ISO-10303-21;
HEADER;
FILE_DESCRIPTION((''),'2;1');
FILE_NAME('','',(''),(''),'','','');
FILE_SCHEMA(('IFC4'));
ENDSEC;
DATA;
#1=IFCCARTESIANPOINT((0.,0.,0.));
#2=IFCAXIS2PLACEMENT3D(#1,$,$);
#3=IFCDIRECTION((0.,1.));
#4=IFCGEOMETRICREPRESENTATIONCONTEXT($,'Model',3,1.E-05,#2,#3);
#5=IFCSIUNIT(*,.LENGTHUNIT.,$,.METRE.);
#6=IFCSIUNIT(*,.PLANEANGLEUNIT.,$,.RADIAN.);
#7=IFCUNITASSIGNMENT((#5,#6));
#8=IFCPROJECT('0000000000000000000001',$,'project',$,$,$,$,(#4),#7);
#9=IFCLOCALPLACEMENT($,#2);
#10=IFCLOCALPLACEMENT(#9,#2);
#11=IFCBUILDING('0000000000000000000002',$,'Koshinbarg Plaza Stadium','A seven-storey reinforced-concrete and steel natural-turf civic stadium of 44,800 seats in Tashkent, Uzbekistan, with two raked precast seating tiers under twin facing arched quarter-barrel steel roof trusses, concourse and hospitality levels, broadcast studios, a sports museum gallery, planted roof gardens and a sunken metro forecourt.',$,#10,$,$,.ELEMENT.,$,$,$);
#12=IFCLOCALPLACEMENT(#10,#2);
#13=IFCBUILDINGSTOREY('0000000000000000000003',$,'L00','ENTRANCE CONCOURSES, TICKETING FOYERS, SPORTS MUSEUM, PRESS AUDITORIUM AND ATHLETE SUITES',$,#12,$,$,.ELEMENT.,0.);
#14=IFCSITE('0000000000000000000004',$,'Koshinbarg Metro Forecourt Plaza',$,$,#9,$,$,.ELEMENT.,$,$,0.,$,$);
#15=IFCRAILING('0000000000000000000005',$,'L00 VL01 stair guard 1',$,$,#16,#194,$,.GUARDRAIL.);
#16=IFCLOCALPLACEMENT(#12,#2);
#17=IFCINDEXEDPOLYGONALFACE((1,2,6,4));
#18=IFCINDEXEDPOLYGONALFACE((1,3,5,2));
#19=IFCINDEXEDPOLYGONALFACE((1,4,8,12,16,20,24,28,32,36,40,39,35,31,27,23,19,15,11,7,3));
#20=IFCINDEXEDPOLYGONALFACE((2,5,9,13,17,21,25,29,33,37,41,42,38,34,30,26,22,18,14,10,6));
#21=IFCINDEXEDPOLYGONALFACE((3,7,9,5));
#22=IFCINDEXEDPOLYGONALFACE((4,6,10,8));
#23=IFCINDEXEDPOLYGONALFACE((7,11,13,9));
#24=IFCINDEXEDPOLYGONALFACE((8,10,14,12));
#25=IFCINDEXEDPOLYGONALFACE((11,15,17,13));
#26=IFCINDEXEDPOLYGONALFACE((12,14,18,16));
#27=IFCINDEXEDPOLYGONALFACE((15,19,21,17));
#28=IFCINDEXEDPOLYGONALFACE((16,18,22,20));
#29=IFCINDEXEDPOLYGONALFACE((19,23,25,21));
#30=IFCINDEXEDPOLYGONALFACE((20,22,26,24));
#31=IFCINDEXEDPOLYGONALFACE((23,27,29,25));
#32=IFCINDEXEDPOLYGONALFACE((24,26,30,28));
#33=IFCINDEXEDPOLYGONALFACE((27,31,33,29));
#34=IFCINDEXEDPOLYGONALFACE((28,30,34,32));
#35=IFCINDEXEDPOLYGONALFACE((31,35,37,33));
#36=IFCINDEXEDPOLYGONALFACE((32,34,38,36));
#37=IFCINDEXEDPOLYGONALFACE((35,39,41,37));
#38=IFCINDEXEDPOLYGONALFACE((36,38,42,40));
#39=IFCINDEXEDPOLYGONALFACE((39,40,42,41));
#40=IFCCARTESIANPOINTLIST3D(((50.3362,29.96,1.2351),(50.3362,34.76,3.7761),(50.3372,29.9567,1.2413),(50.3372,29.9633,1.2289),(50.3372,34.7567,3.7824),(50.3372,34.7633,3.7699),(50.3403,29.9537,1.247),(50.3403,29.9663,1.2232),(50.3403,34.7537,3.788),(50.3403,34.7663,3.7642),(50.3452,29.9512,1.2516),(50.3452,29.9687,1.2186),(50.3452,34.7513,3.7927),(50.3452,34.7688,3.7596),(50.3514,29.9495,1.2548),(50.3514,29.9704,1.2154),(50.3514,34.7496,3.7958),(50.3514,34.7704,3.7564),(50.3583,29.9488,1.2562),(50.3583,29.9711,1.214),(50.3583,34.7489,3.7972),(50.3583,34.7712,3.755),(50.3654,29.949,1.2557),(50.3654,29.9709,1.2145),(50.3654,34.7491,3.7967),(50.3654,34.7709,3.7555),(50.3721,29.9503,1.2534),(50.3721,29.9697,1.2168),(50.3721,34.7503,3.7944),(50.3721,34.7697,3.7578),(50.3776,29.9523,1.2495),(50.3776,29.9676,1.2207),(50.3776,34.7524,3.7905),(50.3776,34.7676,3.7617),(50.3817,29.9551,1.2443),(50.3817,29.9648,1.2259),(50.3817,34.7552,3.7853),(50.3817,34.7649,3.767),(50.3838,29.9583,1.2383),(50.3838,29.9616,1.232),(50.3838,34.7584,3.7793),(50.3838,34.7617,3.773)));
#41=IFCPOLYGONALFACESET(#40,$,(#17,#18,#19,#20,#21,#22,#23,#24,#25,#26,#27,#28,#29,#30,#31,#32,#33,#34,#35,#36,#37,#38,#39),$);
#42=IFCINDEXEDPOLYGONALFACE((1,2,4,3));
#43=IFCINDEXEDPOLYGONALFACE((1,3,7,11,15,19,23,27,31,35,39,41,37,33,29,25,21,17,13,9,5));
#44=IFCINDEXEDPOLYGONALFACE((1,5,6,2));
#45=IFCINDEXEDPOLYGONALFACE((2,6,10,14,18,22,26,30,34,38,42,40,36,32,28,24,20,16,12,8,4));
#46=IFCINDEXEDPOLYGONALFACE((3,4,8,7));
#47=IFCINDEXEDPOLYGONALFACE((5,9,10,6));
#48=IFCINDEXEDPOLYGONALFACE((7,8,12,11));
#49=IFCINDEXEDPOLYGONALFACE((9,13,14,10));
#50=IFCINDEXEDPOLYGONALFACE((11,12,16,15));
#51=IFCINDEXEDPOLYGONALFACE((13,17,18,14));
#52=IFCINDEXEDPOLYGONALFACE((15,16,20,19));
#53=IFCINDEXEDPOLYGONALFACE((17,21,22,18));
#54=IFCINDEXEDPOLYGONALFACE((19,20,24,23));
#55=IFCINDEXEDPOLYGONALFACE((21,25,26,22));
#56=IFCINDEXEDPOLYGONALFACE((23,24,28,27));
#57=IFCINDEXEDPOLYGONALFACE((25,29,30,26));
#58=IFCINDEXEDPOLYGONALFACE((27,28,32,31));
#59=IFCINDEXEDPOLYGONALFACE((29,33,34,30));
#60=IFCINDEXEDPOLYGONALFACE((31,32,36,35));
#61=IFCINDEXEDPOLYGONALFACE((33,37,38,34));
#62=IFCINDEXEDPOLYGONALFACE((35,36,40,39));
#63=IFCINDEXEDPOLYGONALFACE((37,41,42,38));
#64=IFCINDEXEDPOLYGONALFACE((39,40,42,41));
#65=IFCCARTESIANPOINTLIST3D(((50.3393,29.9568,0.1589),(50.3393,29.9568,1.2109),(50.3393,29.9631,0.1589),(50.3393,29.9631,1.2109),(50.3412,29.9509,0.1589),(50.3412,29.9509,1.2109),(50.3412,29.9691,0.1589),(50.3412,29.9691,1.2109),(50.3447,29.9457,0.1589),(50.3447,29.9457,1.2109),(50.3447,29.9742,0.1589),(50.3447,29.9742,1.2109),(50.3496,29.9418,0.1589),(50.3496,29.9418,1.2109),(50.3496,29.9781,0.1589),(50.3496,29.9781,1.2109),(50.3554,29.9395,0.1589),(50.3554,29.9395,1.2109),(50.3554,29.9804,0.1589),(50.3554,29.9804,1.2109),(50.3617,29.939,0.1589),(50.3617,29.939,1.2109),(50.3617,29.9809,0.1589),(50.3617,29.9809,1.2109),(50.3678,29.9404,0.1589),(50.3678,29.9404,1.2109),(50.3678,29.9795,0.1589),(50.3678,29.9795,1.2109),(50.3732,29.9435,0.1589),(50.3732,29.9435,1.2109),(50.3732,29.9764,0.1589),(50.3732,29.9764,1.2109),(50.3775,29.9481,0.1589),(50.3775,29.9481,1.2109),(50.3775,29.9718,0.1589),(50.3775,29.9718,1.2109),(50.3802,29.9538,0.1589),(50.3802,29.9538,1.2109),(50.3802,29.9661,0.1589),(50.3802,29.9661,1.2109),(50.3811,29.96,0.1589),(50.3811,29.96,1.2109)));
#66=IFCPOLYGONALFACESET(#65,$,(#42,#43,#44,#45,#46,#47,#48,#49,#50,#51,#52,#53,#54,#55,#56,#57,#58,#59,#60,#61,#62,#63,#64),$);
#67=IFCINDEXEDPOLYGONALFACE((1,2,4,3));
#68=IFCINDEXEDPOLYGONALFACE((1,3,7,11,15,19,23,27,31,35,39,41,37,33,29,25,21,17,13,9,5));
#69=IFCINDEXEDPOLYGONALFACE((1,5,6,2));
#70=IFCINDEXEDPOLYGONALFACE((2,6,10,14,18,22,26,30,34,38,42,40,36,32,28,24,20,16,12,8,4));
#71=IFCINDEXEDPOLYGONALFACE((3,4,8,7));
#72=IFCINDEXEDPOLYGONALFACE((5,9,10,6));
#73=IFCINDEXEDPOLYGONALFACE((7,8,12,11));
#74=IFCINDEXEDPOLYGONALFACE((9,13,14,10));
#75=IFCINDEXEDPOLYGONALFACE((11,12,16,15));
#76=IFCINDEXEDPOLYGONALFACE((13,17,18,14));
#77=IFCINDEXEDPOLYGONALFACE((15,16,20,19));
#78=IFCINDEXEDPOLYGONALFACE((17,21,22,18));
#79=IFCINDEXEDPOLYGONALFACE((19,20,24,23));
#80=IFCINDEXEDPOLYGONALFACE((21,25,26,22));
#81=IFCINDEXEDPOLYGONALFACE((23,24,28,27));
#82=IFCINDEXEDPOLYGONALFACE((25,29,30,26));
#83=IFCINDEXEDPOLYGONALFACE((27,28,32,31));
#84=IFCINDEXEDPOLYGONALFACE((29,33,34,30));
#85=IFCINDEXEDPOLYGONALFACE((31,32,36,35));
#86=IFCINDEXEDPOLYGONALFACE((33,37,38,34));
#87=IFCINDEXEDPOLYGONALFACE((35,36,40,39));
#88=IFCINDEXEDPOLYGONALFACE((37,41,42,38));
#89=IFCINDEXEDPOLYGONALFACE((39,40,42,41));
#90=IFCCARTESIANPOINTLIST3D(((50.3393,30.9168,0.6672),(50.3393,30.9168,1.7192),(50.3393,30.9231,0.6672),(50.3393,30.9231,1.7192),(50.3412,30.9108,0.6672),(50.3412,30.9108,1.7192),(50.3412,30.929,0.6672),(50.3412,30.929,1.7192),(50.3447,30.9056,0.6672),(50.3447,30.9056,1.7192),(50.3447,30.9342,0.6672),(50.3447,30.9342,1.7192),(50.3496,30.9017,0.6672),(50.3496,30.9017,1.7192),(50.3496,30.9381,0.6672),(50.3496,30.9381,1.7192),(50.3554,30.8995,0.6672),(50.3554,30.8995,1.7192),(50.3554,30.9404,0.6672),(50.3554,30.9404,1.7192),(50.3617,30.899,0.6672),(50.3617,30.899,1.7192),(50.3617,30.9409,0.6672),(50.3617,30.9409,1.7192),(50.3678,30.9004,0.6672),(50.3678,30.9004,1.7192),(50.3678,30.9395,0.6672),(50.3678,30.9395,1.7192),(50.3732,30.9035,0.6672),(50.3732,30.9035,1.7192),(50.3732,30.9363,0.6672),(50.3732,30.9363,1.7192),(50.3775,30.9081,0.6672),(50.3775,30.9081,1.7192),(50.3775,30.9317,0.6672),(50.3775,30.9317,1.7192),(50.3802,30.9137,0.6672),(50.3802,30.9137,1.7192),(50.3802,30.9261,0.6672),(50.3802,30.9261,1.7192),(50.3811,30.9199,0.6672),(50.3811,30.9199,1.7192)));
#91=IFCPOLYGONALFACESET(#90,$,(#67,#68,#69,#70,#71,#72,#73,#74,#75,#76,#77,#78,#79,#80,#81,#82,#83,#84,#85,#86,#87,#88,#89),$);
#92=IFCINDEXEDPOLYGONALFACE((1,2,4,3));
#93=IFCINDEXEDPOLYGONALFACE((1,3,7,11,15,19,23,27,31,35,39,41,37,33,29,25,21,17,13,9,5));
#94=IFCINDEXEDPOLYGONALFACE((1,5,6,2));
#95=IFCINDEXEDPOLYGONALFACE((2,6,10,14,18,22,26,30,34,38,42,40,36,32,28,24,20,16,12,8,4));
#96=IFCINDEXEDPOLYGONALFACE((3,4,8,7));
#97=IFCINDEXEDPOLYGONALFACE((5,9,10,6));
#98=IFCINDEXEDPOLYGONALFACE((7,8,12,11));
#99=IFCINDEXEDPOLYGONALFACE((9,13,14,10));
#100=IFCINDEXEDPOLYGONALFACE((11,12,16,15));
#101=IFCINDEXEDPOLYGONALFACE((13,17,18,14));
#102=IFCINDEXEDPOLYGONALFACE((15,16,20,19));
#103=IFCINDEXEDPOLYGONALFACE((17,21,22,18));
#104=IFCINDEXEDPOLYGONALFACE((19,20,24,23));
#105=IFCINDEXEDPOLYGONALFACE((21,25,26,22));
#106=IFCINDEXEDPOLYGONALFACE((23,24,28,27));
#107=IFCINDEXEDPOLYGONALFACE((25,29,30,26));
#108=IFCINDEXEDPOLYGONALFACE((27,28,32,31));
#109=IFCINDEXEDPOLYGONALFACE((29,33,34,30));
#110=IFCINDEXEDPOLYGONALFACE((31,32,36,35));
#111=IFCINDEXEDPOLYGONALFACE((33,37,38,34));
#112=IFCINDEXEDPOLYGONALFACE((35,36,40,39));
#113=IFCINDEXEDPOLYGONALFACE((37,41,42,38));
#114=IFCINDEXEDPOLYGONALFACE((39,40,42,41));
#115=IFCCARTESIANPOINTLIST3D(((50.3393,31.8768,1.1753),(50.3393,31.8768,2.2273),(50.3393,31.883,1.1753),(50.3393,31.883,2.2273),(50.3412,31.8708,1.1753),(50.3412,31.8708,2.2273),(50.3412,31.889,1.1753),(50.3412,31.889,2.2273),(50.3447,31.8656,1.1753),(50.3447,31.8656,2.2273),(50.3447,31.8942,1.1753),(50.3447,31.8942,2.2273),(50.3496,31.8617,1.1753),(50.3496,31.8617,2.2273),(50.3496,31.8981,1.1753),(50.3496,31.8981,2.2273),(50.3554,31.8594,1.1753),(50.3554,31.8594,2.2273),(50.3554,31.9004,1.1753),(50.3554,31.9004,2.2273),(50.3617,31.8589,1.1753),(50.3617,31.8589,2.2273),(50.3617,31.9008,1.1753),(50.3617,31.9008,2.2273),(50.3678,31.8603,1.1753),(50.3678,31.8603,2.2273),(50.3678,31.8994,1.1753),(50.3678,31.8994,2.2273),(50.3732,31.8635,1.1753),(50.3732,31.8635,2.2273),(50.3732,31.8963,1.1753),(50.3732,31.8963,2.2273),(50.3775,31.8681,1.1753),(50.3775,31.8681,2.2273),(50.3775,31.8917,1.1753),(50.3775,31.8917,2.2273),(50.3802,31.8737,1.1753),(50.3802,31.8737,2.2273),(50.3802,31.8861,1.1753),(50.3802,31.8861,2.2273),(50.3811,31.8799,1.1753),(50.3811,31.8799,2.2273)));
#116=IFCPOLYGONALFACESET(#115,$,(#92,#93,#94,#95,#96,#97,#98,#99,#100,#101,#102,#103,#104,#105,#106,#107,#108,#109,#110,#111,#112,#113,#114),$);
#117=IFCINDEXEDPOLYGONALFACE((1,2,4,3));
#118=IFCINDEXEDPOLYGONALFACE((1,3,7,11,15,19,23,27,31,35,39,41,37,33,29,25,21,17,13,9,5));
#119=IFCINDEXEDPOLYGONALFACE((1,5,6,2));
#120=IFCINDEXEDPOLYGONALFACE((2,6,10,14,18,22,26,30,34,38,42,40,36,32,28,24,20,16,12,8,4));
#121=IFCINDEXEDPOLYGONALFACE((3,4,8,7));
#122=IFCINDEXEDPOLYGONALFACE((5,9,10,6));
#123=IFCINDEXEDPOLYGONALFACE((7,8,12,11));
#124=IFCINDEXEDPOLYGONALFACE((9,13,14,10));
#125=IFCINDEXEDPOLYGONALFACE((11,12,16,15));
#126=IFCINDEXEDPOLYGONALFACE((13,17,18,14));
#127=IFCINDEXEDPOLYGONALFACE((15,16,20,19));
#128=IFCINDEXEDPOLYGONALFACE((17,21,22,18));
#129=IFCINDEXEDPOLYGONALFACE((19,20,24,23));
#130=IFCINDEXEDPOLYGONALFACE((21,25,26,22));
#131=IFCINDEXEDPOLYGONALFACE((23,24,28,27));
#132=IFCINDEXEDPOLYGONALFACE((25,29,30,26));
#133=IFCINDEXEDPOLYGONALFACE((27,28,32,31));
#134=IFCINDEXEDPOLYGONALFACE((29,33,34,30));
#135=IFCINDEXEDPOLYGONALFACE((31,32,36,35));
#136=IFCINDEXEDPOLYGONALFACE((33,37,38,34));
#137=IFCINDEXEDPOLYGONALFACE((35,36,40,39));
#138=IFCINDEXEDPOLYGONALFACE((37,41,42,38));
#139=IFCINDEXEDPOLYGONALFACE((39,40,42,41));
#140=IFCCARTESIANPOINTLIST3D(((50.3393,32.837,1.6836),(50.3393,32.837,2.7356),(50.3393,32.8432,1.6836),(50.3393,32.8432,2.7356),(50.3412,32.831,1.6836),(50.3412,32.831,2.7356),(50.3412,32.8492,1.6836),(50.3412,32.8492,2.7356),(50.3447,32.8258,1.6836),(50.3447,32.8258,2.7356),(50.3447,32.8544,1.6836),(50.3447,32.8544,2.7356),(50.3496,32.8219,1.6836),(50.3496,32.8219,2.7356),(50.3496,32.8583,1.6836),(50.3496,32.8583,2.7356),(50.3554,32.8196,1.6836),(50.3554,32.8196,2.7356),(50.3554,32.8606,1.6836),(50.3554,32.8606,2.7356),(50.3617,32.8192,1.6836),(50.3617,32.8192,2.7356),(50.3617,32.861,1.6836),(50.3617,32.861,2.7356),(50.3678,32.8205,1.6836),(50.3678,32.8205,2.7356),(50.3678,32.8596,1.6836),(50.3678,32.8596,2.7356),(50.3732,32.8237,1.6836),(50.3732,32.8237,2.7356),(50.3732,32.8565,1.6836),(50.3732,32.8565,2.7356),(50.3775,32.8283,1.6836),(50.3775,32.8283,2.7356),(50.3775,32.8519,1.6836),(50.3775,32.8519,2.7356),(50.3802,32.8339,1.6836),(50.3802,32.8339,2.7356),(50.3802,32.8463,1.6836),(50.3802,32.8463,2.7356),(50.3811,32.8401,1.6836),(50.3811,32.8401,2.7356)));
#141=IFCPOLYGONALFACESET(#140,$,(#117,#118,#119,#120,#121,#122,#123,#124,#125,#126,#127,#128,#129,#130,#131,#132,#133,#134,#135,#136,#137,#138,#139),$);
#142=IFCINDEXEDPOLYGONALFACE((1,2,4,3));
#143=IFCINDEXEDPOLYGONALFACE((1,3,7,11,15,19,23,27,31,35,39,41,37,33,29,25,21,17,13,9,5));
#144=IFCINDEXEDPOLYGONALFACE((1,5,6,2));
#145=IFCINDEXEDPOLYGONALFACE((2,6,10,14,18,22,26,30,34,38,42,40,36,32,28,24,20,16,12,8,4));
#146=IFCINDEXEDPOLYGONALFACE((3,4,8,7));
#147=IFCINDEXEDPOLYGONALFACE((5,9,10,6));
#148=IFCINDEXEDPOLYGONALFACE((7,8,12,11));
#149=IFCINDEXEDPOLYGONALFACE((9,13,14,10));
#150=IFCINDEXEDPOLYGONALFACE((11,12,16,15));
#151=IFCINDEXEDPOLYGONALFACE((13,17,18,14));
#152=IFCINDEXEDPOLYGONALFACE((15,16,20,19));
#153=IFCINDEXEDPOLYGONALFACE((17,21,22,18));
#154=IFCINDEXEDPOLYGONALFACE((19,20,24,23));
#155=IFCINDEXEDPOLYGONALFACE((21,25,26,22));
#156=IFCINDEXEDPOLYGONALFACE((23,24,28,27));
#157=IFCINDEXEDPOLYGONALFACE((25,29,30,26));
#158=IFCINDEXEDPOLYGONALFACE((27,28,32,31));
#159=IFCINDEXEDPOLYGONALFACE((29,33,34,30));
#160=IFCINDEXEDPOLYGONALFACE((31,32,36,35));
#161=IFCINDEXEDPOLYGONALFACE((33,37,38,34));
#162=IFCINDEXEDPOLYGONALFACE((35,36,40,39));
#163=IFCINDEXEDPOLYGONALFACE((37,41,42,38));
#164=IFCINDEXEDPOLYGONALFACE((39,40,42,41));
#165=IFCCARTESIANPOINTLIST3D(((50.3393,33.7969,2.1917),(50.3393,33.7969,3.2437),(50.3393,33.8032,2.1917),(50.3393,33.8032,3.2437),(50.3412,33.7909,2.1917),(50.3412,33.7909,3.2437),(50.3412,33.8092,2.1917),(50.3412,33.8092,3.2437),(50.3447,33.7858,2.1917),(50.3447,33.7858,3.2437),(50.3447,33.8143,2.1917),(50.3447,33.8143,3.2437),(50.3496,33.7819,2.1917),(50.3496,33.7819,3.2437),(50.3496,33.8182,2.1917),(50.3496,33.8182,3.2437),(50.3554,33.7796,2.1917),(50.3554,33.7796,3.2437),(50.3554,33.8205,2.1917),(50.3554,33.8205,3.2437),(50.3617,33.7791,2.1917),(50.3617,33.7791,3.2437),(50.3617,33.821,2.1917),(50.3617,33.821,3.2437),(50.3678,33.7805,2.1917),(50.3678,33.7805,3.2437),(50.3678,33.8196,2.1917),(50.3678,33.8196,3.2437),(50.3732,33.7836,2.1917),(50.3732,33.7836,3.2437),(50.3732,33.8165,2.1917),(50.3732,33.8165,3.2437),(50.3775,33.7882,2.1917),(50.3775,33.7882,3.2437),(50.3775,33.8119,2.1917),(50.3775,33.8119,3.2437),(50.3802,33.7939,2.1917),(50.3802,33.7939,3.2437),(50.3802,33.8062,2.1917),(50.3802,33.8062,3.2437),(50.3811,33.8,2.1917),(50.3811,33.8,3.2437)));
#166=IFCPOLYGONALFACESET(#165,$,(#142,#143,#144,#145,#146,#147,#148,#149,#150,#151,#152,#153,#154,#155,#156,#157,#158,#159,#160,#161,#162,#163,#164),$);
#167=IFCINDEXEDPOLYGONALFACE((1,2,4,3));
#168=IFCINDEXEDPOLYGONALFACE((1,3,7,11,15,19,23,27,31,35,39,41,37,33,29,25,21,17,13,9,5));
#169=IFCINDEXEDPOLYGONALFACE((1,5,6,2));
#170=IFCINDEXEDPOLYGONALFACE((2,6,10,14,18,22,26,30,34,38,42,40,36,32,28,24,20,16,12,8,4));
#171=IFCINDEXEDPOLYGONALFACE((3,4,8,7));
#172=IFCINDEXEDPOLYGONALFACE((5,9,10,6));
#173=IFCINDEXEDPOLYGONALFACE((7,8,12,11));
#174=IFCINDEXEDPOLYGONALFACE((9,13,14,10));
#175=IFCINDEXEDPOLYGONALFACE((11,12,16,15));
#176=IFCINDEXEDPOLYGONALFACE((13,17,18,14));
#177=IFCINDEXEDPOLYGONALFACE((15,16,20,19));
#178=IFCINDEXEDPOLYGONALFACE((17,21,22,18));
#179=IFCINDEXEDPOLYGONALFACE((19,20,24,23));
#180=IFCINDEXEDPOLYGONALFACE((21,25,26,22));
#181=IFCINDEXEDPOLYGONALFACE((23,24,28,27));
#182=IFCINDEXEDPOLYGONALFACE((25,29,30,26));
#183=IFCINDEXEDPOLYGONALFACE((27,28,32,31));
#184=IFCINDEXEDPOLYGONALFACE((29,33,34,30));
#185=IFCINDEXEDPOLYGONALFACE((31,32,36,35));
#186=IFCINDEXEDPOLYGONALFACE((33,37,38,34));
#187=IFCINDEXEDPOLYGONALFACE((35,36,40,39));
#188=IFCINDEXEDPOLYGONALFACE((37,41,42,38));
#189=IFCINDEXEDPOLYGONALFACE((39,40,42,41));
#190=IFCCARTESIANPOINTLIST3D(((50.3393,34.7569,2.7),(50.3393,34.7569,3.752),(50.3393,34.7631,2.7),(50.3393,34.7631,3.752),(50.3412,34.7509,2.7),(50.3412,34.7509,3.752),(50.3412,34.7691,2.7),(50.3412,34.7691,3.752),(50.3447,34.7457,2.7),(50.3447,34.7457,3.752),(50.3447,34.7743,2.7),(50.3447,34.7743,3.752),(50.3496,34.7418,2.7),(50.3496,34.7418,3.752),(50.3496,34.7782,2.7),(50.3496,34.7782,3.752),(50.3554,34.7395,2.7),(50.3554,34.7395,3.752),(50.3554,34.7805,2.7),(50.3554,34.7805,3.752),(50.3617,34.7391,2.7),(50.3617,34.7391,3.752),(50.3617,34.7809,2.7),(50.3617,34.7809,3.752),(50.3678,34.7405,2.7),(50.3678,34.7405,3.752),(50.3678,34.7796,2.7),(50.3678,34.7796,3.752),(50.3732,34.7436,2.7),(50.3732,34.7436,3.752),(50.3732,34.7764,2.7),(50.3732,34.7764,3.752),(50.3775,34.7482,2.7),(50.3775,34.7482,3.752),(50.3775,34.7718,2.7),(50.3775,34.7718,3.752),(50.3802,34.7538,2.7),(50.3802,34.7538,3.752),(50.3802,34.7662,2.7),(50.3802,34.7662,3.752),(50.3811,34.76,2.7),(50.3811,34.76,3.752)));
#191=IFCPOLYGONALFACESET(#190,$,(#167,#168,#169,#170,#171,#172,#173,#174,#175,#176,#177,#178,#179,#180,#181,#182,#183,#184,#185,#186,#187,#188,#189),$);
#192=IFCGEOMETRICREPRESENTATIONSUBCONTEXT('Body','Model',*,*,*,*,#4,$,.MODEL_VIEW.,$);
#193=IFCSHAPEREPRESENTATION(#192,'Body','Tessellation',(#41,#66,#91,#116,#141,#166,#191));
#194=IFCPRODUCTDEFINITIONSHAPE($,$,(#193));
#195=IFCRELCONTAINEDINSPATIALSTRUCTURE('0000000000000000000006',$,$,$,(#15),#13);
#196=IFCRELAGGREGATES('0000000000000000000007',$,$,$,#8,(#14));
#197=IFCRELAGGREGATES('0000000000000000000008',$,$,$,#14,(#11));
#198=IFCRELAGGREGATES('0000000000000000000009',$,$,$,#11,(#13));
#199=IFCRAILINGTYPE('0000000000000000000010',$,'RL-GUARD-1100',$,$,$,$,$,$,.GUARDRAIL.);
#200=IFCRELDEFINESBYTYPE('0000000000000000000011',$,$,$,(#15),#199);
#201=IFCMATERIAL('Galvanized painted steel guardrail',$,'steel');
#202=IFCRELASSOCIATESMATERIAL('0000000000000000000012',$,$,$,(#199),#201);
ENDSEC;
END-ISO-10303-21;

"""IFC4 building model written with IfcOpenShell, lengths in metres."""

from ifc_helpers import new_model, si_unit, direction, frame, origin, origin_2d, place, context, subcontext, project, spatial, circle, extrude, material, type_object, element, save


model = new_model("IFC4")

# Units and contexts
model_context = context("Model", 3, precision=1e-05, world=origin(), true_north=direction((0.0, 1.0)))
body_context = subcontext(model_context, "Body", "Model", "MODEL_VIEW")
ifc_project = project(units=[si_unit("LENGTHUNIT", "METRE"), si_unit("PLANEANGLEUNIT", "RADIAN")], contexts=[model_context])

# Site, building, storey
site_placement = place(None, origin())
site = spatial("IfcSite", under=ifc_project, at=site_placement, Name="Koshinbarg Metro Forecourt Plaza", CompositionType="ELEMENT", RefElevation=0.0)
building_placement = place(site_placement, origin())
building = spatial("IfcBuilding", under=site, at=building_placement, Name="Koshinbarg Plaza Stadium", Description="A seven-storey reinforced-concrete and steel natural-turf civic stadium of 44,800 seats in Tashkent, Uzbekistan, with two raked precast seating tiers under twin facing arched quarter-barrel steel roof trusses, concourse and hospitality levels, broadcast studios, a sports museum gallery, planted roof gardens and a sunken metro forecourt.", CompositionType="ELEMENT")
storey_placement = place(building_placement, origin())
storey = spatial("IfcBuildingStorey", under=building, at=storey_placement, Name="L00", Description="ENTRANCE CONCOURSES, TICKETING FOYERS, SPORTS MUSEUM, PRESS AUDITORIUM AND ATHLETE SUITES", CompositionType="ELEMENT", Elevation=0.0)

# Railing
ifc_material_1 = material(Name="Galvanized painted steel guardrail", Category="steel")
railing_type_1 = type_object("IfcRailingType", Name="RL-GUARD-1100", PredefinedType="GUARDRAIL", material=ifc_material_1)
railing_1_placement = place(storey_placement, frame((50.3601, 29.96, 0.1589)))
element("IfcRailing", 1, at=railing_1_placement, inside=storey, type_object=railing_type_1, Name="L00 VL01 stair guard 1", PredefinedType="GUARDRAIL", context=body_context, shape_type="SweptSolid", body=[
    extrude(circle(Radius=0.0239, at=origin_2d()), frame((0.0, 0.0, 1.0762), z_axis=(0.0, 0.883802, 0.467861), x_axis=(-1.0, 0.0, 0.0)), (0.0, 0.0, 1.0), 5.4312),
    extrude(circle(Radius=0.021, at=origin_2d()), origin(), (0.0, 0.0, 1.0), 1.052),
    extrude(circle(Radius=0.021, at=origin_2d()), frame((0.0, 0.96, 0.5083)), (0.0, 0.0, 1.0), 1.052),
    extrude(circle(Radius=0.021, at=origin_2d()), frame((0.0, 1.9199, 1.0164)), (0.0, 0.0, 1.0), 1.052),
    extrude(circle(Radius=0.021, at=origin_2d()), frame((0.0, 2.8801, 1.5247)), (0.0, 0.0, 1.0), 1.052),
    extrude(circle(Radius=0.021, at=origin_2d()), frame((0.0, 3.8401, 2.0327)), (0.0, 0.0, 1.0), 1.052),
    extrude(circle(Radius=0.021, at=origin_2d()), frame((0.0, 4.8, 2.541)), (0.0, 0.0, 1.0), 1.052),
])

save(model, "model.ifc")
